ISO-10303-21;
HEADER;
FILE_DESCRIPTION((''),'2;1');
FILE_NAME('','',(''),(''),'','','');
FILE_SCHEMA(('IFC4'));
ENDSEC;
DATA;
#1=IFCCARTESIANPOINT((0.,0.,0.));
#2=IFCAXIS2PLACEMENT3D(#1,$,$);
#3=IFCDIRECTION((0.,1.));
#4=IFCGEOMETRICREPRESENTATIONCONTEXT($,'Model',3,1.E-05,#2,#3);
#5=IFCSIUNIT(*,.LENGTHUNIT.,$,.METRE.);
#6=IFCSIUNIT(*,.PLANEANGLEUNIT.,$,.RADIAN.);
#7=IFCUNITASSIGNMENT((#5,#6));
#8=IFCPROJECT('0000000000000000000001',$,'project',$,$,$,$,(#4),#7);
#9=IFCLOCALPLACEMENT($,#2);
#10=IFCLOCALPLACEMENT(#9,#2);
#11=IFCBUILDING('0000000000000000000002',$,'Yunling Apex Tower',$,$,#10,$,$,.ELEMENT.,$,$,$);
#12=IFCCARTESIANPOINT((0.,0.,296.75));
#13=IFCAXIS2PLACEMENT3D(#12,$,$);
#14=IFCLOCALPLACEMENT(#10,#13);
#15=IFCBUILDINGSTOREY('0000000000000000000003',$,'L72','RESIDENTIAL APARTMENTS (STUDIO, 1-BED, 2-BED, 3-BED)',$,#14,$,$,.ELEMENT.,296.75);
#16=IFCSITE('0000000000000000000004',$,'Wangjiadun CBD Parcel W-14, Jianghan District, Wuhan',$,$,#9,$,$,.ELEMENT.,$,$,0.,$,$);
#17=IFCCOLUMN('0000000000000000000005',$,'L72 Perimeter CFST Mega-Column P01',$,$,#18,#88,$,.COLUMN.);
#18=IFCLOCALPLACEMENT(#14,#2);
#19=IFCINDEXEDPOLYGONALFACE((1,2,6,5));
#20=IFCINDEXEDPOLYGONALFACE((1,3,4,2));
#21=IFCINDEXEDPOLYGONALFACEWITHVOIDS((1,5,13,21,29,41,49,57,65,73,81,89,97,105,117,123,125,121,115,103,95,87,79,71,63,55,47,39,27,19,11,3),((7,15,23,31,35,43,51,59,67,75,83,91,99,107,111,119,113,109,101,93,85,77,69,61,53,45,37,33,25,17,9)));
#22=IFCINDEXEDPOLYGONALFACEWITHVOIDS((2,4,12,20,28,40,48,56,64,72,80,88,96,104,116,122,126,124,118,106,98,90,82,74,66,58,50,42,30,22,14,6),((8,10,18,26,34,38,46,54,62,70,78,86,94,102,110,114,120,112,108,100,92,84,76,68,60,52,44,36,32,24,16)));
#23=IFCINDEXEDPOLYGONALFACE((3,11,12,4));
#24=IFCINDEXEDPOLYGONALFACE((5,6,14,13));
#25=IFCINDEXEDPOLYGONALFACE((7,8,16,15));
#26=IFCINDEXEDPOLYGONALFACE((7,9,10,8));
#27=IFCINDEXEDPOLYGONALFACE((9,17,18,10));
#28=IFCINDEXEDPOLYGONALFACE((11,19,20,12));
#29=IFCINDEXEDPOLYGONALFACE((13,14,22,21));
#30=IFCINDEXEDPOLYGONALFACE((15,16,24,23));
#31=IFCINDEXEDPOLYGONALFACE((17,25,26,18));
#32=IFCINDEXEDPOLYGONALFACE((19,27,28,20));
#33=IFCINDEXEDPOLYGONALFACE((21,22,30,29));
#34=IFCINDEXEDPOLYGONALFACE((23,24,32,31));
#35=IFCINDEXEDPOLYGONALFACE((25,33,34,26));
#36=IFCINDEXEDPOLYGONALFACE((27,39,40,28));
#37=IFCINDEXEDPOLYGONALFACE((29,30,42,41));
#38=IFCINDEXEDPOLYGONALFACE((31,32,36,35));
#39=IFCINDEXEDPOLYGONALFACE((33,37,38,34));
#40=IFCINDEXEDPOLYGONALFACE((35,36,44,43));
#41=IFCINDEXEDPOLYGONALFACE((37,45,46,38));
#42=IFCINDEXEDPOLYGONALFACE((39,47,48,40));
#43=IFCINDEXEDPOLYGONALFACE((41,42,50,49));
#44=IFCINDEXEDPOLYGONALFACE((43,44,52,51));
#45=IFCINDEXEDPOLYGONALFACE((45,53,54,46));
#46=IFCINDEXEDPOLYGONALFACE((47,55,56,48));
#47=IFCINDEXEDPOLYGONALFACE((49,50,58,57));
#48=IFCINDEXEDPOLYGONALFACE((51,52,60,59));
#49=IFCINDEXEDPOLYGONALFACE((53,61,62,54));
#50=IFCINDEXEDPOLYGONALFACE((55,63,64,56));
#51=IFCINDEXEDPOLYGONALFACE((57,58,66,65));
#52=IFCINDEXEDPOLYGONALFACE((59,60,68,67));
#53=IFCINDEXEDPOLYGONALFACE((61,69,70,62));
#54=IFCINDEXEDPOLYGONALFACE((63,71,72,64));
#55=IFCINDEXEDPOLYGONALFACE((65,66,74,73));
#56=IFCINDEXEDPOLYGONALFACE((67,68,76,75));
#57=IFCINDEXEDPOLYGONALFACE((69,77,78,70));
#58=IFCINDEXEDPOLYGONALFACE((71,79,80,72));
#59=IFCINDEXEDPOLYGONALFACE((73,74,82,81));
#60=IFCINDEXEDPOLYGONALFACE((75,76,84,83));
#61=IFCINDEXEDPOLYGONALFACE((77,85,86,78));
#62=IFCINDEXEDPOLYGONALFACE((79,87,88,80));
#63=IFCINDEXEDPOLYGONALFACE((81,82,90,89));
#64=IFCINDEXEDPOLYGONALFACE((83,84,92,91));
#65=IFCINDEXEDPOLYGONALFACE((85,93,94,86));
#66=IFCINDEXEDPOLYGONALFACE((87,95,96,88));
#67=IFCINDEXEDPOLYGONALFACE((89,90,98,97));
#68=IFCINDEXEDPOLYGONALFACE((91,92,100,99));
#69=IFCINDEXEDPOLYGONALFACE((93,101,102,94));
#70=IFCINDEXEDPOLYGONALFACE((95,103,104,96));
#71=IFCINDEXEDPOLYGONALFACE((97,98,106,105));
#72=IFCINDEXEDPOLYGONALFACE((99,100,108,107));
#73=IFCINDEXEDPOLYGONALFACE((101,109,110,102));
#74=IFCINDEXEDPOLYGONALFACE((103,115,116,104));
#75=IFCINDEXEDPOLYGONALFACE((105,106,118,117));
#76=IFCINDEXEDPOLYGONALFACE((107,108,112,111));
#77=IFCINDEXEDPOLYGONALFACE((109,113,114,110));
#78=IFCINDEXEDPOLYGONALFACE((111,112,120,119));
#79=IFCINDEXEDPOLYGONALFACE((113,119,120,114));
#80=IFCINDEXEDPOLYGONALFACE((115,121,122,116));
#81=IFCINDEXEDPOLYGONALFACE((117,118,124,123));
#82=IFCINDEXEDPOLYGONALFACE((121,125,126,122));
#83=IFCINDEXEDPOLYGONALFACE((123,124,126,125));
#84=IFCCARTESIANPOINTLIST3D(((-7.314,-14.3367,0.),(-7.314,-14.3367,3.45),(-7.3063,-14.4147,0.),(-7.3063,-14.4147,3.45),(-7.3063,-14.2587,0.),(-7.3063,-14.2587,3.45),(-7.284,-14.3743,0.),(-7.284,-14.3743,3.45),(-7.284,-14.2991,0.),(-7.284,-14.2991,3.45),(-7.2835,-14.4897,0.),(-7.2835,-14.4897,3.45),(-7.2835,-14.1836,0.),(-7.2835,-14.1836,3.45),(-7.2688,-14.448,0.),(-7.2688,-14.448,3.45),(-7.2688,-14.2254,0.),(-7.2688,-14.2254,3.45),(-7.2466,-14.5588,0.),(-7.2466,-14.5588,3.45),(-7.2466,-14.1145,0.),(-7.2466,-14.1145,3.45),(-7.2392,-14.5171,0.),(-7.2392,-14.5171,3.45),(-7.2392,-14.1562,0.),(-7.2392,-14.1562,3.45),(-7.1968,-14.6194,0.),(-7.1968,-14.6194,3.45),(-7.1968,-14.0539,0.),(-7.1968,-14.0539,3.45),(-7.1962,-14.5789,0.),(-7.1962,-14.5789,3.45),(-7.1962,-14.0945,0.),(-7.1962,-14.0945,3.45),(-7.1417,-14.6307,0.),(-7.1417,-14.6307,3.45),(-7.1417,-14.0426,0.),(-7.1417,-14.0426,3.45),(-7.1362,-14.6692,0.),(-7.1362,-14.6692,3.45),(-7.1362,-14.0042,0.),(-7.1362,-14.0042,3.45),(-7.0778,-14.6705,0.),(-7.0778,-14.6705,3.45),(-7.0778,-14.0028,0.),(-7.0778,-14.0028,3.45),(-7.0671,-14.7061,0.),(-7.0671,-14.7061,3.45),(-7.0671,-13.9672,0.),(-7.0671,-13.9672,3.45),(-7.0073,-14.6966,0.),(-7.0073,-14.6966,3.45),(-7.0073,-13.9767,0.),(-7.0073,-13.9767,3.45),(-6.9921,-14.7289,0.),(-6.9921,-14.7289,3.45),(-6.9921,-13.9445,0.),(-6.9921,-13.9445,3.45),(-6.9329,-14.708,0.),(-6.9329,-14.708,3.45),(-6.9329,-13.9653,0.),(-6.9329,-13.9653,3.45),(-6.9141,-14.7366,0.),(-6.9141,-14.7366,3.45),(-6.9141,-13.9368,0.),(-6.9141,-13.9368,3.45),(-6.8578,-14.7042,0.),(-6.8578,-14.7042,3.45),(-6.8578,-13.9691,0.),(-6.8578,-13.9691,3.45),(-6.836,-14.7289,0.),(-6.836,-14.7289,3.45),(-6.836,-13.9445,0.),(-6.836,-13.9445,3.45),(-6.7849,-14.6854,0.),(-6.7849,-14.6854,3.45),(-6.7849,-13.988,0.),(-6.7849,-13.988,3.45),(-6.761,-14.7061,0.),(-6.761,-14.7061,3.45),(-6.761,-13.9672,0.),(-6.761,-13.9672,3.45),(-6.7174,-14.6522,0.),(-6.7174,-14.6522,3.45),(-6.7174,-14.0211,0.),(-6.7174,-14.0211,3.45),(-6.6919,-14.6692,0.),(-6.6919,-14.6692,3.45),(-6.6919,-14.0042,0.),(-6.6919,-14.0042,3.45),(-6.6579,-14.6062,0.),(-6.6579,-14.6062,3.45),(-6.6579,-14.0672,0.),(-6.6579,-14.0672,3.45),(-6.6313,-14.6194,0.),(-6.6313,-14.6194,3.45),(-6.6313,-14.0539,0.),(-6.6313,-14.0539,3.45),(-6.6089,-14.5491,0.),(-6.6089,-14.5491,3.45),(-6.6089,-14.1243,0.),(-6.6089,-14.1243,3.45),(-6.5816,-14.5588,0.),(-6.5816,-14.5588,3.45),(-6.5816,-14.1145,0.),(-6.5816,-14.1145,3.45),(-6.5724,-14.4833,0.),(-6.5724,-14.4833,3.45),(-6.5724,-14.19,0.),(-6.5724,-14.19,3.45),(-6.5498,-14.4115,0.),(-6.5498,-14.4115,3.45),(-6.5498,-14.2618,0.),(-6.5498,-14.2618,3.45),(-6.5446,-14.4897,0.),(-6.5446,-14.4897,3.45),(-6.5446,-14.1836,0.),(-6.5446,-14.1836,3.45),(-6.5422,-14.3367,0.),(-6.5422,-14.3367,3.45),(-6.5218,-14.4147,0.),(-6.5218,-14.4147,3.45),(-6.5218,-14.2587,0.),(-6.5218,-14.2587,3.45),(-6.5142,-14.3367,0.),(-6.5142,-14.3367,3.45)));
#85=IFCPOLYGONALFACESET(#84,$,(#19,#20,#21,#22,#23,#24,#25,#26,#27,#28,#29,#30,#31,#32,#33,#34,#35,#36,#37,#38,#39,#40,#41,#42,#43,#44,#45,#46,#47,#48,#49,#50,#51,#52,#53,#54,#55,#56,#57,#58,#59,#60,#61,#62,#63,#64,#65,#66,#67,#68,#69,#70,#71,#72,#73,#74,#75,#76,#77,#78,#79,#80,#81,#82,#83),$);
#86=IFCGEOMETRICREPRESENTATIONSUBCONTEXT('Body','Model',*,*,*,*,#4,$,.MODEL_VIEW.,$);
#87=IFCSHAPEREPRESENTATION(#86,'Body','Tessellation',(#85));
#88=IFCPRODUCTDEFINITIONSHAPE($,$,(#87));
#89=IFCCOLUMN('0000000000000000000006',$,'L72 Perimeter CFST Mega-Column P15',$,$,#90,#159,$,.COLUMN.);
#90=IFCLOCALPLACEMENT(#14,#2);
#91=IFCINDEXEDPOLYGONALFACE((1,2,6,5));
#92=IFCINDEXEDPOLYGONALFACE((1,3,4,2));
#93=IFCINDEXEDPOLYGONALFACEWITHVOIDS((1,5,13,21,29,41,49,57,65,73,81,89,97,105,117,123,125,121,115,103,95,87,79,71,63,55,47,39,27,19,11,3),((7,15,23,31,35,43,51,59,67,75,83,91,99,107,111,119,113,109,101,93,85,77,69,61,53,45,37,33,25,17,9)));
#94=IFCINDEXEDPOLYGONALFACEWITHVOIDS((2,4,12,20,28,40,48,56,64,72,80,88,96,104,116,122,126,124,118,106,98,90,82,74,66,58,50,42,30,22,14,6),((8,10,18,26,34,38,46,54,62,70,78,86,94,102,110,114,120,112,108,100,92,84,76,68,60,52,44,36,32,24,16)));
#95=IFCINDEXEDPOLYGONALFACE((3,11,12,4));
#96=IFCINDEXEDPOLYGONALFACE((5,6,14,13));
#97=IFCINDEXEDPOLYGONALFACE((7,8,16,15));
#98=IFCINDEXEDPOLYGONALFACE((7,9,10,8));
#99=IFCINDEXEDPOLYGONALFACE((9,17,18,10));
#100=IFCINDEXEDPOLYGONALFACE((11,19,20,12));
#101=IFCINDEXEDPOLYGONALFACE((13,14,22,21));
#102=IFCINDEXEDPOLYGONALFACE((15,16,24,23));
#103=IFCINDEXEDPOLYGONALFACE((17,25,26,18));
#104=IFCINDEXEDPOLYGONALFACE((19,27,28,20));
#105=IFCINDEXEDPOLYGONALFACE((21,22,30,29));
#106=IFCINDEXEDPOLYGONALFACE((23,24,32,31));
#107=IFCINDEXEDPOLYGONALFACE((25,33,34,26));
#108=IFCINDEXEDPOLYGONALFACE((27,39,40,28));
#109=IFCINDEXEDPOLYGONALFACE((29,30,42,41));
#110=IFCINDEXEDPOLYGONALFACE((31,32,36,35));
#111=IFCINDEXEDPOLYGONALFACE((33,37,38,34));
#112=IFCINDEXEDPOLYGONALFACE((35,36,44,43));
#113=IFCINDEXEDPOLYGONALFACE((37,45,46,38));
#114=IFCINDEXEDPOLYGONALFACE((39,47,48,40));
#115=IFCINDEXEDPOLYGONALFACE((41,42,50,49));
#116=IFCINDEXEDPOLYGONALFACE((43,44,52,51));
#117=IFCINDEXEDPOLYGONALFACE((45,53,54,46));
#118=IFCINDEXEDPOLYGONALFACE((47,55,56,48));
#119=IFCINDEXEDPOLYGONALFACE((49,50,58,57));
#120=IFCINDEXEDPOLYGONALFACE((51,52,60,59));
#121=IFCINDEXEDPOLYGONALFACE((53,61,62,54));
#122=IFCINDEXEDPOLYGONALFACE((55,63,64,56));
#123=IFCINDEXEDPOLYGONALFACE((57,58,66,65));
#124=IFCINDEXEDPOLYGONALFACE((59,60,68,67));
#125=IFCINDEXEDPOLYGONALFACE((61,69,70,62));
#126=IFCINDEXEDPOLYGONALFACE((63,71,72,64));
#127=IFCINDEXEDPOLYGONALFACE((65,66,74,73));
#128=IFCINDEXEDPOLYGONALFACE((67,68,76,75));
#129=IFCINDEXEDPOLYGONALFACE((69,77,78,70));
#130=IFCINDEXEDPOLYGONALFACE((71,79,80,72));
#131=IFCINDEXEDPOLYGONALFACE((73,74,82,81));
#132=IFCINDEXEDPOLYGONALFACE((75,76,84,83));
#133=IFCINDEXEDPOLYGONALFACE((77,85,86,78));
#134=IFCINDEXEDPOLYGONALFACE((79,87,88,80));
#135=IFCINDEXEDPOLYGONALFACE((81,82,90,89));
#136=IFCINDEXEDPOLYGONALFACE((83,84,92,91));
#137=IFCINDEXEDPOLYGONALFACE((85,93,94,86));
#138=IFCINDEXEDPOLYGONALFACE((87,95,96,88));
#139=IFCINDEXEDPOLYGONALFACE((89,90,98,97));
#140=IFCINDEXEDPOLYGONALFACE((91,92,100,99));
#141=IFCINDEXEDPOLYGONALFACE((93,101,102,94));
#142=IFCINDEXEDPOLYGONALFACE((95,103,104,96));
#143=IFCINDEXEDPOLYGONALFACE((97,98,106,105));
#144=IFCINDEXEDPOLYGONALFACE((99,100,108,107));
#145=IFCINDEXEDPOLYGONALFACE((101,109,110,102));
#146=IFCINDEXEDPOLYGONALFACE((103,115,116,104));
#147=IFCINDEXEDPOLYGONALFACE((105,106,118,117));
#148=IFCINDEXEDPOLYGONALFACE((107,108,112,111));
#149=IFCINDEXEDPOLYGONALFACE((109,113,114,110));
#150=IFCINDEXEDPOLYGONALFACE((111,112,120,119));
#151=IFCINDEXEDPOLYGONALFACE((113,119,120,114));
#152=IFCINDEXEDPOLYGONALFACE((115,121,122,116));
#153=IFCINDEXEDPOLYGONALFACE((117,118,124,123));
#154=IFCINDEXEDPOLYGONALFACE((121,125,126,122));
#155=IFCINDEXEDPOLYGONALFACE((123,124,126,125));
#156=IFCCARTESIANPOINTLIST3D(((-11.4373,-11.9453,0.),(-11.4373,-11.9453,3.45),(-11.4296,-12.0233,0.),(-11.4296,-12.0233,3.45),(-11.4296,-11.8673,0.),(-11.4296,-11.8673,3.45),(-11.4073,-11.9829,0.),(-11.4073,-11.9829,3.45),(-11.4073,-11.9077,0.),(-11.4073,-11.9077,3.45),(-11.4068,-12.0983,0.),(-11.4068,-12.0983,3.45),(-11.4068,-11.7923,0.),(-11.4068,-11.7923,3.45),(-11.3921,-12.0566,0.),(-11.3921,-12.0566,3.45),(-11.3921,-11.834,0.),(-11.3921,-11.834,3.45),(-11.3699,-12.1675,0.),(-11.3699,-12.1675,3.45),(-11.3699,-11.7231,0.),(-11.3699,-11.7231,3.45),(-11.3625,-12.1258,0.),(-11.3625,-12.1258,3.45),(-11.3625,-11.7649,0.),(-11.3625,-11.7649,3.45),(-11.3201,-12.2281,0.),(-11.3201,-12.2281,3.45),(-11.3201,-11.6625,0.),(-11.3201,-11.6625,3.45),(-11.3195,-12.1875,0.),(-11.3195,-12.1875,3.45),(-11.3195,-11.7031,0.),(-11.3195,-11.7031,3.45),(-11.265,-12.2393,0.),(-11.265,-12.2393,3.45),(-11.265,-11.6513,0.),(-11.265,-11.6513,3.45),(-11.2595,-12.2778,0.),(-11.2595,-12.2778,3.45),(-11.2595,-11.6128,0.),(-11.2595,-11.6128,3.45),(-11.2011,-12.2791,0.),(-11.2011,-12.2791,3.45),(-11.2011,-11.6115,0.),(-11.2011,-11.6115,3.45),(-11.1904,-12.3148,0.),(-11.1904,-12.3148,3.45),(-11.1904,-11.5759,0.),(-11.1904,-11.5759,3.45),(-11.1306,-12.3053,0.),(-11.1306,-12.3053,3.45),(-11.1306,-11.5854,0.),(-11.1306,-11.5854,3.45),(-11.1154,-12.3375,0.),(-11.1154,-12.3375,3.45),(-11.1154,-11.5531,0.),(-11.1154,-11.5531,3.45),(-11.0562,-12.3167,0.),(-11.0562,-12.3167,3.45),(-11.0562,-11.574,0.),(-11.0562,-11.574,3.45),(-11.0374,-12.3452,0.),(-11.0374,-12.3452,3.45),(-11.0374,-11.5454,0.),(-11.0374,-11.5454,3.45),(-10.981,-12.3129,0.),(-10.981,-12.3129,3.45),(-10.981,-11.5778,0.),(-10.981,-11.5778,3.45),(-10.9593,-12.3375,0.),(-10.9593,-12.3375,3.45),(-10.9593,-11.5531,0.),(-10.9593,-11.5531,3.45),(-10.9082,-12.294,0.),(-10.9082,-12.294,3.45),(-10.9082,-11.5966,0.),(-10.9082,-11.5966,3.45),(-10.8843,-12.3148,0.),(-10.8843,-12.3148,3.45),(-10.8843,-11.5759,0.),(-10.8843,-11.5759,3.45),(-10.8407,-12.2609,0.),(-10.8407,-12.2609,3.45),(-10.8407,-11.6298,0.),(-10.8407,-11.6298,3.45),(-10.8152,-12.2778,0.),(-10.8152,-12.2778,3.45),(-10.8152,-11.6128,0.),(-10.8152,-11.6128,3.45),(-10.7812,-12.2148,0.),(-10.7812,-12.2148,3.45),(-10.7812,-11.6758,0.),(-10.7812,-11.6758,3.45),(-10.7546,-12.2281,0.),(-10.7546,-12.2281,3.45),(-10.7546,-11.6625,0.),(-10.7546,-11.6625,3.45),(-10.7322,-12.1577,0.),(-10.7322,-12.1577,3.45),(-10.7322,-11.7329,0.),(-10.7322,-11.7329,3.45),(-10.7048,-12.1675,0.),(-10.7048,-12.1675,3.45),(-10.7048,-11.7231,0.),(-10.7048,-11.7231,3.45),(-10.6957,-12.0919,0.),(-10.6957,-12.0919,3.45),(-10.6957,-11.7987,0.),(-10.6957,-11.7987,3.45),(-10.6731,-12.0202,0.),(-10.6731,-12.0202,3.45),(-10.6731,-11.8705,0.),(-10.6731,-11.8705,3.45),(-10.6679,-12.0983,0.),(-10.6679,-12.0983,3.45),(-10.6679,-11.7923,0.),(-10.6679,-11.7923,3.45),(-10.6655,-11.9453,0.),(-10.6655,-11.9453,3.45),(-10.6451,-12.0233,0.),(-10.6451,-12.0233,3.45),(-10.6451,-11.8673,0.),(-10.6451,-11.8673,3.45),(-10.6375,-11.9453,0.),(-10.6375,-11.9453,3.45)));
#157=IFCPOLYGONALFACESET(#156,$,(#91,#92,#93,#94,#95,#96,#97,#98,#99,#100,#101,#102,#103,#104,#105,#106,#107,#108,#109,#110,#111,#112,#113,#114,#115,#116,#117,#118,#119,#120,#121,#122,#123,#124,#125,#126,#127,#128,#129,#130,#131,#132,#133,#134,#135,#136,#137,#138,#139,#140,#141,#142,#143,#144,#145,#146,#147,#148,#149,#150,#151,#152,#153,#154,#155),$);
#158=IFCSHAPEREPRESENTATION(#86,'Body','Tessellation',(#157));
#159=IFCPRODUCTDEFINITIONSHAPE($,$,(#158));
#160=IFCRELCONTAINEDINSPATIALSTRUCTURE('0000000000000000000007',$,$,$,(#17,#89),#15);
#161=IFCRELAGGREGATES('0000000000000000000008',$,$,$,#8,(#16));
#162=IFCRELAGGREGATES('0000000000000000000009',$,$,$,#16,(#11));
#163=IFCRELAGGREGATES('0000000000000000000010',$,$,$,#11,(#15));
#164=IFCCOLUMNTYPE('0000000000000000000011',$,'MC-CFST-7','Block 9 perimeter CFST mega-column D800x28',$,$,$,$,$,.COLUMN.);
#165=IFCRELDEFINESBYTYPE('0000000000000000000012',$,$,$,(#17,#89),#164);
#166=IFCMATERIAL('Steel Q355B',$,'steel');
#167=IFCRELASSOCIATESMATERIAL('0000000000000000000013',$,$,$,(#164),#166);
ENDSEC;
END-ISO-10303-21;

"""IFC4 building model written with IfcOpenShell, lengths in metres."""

from ifc_helpers import new_model, si_unit, direction, frame, origin, origin_2d, place, context, subcontext, project, spatial, hollow_circle, extrude, source, transform, mapped, material, material_profile, profile_set, type_object, element, save


model = new_model("IFC4")

# Units and contexts
model_context = context("Model", 3, precision=1e-05, world=origin(), true_north=direction((0.0, 1.0)))
body_context = subcontext(model_context, "Body", "Model", "MODEL_VIEW")
ifc_project = project(units=[si_unit("LENGTHUNIT", "METRE"), si_unit("PLANEANGLEUNIT", "RADIAN")], contexts=[model_context])

# Site, building, storey
site_placement = place(None, origin())
site = spatial("IfcSite", under=ifc_project, at=site_placement, Name="Wangjiadun CBD Parcel W-14, Jianghan District, Wuhan", CompositionType="ELEMENT", RefElevation=0.0)
building_placement = place(site_placement, origin())
building = spatial("IfcBuilding", under=site, at=building_placement, Name="Yunling Apex Tower", CompositionType="ELEMENT")
storey_placement = place(building_placement, frame((0.0, 0.0, 296.75)))
storey = spatial("IfcBuildingStorey", under=building, at=storey_placement, Name="L72", Description="RESIDENTIAL APARTMENTS (STUDIO, 1-BED, 2-BED, 3-BED)", CompositionType="ELEMENT", Elevation=296.75)

# Columns
ifc_material_1 = material(Name="Steel Q355B", Category="steel")
ifc_material_profile_1 = material_profile(ifc_material_1, hollow_circle(Radius=0.3999, WallThickness=0.0281, at=origin_2d()))
ifc_profile_set_1 = profile_set([ifc_material_profile_1], Name="Steel Q355B")
column_type = type_object("IfcColumnType", Name="MC-CFST-7", Description="Block 9 perimeter CFST mega-column D800x28", PredefinedType="COLUMN", material=ifc_profile_set_1)
shared_shape_1 = source(origin(), body_context, "Body", "SweptSolid", [
    extrude(hollow_circle(Radius=0.3999, WallThickness=0.0281, at=origin_2d()), origin(), (0.0, 0.0, 1.0), 3.45),
])
for number, where, z_axis, x_axis, name in (
    (1, (-6.9141, -14.3367, 0.0), (0.0, 0.0, 1.0), (1.0, 0.0, 0.0), "L72 Perimeter CFST Mega-Column P01"),
    (2, (-11.0374, -11.9453, 0.0), (0.0, 0.0, 1.0), (1.0, 0.0, 0.0), "L72 Perimeter CFST Mega-Column P15"),
):
    element("IfcColumn", number, at=place(storey_placement, frame(where, z_axis=z_axis, x_axis=x_axis)), inside=storey, type_object=column_type, Name=name, PredefinedType="COLUMN", context=body_context, shape_type="MappedRepresentation", body=[
        mapped(shared_shape_1, transform((0.0, 0.0, 0.0), scale=1.0)),
    ])

save(model, "model.ifc")
